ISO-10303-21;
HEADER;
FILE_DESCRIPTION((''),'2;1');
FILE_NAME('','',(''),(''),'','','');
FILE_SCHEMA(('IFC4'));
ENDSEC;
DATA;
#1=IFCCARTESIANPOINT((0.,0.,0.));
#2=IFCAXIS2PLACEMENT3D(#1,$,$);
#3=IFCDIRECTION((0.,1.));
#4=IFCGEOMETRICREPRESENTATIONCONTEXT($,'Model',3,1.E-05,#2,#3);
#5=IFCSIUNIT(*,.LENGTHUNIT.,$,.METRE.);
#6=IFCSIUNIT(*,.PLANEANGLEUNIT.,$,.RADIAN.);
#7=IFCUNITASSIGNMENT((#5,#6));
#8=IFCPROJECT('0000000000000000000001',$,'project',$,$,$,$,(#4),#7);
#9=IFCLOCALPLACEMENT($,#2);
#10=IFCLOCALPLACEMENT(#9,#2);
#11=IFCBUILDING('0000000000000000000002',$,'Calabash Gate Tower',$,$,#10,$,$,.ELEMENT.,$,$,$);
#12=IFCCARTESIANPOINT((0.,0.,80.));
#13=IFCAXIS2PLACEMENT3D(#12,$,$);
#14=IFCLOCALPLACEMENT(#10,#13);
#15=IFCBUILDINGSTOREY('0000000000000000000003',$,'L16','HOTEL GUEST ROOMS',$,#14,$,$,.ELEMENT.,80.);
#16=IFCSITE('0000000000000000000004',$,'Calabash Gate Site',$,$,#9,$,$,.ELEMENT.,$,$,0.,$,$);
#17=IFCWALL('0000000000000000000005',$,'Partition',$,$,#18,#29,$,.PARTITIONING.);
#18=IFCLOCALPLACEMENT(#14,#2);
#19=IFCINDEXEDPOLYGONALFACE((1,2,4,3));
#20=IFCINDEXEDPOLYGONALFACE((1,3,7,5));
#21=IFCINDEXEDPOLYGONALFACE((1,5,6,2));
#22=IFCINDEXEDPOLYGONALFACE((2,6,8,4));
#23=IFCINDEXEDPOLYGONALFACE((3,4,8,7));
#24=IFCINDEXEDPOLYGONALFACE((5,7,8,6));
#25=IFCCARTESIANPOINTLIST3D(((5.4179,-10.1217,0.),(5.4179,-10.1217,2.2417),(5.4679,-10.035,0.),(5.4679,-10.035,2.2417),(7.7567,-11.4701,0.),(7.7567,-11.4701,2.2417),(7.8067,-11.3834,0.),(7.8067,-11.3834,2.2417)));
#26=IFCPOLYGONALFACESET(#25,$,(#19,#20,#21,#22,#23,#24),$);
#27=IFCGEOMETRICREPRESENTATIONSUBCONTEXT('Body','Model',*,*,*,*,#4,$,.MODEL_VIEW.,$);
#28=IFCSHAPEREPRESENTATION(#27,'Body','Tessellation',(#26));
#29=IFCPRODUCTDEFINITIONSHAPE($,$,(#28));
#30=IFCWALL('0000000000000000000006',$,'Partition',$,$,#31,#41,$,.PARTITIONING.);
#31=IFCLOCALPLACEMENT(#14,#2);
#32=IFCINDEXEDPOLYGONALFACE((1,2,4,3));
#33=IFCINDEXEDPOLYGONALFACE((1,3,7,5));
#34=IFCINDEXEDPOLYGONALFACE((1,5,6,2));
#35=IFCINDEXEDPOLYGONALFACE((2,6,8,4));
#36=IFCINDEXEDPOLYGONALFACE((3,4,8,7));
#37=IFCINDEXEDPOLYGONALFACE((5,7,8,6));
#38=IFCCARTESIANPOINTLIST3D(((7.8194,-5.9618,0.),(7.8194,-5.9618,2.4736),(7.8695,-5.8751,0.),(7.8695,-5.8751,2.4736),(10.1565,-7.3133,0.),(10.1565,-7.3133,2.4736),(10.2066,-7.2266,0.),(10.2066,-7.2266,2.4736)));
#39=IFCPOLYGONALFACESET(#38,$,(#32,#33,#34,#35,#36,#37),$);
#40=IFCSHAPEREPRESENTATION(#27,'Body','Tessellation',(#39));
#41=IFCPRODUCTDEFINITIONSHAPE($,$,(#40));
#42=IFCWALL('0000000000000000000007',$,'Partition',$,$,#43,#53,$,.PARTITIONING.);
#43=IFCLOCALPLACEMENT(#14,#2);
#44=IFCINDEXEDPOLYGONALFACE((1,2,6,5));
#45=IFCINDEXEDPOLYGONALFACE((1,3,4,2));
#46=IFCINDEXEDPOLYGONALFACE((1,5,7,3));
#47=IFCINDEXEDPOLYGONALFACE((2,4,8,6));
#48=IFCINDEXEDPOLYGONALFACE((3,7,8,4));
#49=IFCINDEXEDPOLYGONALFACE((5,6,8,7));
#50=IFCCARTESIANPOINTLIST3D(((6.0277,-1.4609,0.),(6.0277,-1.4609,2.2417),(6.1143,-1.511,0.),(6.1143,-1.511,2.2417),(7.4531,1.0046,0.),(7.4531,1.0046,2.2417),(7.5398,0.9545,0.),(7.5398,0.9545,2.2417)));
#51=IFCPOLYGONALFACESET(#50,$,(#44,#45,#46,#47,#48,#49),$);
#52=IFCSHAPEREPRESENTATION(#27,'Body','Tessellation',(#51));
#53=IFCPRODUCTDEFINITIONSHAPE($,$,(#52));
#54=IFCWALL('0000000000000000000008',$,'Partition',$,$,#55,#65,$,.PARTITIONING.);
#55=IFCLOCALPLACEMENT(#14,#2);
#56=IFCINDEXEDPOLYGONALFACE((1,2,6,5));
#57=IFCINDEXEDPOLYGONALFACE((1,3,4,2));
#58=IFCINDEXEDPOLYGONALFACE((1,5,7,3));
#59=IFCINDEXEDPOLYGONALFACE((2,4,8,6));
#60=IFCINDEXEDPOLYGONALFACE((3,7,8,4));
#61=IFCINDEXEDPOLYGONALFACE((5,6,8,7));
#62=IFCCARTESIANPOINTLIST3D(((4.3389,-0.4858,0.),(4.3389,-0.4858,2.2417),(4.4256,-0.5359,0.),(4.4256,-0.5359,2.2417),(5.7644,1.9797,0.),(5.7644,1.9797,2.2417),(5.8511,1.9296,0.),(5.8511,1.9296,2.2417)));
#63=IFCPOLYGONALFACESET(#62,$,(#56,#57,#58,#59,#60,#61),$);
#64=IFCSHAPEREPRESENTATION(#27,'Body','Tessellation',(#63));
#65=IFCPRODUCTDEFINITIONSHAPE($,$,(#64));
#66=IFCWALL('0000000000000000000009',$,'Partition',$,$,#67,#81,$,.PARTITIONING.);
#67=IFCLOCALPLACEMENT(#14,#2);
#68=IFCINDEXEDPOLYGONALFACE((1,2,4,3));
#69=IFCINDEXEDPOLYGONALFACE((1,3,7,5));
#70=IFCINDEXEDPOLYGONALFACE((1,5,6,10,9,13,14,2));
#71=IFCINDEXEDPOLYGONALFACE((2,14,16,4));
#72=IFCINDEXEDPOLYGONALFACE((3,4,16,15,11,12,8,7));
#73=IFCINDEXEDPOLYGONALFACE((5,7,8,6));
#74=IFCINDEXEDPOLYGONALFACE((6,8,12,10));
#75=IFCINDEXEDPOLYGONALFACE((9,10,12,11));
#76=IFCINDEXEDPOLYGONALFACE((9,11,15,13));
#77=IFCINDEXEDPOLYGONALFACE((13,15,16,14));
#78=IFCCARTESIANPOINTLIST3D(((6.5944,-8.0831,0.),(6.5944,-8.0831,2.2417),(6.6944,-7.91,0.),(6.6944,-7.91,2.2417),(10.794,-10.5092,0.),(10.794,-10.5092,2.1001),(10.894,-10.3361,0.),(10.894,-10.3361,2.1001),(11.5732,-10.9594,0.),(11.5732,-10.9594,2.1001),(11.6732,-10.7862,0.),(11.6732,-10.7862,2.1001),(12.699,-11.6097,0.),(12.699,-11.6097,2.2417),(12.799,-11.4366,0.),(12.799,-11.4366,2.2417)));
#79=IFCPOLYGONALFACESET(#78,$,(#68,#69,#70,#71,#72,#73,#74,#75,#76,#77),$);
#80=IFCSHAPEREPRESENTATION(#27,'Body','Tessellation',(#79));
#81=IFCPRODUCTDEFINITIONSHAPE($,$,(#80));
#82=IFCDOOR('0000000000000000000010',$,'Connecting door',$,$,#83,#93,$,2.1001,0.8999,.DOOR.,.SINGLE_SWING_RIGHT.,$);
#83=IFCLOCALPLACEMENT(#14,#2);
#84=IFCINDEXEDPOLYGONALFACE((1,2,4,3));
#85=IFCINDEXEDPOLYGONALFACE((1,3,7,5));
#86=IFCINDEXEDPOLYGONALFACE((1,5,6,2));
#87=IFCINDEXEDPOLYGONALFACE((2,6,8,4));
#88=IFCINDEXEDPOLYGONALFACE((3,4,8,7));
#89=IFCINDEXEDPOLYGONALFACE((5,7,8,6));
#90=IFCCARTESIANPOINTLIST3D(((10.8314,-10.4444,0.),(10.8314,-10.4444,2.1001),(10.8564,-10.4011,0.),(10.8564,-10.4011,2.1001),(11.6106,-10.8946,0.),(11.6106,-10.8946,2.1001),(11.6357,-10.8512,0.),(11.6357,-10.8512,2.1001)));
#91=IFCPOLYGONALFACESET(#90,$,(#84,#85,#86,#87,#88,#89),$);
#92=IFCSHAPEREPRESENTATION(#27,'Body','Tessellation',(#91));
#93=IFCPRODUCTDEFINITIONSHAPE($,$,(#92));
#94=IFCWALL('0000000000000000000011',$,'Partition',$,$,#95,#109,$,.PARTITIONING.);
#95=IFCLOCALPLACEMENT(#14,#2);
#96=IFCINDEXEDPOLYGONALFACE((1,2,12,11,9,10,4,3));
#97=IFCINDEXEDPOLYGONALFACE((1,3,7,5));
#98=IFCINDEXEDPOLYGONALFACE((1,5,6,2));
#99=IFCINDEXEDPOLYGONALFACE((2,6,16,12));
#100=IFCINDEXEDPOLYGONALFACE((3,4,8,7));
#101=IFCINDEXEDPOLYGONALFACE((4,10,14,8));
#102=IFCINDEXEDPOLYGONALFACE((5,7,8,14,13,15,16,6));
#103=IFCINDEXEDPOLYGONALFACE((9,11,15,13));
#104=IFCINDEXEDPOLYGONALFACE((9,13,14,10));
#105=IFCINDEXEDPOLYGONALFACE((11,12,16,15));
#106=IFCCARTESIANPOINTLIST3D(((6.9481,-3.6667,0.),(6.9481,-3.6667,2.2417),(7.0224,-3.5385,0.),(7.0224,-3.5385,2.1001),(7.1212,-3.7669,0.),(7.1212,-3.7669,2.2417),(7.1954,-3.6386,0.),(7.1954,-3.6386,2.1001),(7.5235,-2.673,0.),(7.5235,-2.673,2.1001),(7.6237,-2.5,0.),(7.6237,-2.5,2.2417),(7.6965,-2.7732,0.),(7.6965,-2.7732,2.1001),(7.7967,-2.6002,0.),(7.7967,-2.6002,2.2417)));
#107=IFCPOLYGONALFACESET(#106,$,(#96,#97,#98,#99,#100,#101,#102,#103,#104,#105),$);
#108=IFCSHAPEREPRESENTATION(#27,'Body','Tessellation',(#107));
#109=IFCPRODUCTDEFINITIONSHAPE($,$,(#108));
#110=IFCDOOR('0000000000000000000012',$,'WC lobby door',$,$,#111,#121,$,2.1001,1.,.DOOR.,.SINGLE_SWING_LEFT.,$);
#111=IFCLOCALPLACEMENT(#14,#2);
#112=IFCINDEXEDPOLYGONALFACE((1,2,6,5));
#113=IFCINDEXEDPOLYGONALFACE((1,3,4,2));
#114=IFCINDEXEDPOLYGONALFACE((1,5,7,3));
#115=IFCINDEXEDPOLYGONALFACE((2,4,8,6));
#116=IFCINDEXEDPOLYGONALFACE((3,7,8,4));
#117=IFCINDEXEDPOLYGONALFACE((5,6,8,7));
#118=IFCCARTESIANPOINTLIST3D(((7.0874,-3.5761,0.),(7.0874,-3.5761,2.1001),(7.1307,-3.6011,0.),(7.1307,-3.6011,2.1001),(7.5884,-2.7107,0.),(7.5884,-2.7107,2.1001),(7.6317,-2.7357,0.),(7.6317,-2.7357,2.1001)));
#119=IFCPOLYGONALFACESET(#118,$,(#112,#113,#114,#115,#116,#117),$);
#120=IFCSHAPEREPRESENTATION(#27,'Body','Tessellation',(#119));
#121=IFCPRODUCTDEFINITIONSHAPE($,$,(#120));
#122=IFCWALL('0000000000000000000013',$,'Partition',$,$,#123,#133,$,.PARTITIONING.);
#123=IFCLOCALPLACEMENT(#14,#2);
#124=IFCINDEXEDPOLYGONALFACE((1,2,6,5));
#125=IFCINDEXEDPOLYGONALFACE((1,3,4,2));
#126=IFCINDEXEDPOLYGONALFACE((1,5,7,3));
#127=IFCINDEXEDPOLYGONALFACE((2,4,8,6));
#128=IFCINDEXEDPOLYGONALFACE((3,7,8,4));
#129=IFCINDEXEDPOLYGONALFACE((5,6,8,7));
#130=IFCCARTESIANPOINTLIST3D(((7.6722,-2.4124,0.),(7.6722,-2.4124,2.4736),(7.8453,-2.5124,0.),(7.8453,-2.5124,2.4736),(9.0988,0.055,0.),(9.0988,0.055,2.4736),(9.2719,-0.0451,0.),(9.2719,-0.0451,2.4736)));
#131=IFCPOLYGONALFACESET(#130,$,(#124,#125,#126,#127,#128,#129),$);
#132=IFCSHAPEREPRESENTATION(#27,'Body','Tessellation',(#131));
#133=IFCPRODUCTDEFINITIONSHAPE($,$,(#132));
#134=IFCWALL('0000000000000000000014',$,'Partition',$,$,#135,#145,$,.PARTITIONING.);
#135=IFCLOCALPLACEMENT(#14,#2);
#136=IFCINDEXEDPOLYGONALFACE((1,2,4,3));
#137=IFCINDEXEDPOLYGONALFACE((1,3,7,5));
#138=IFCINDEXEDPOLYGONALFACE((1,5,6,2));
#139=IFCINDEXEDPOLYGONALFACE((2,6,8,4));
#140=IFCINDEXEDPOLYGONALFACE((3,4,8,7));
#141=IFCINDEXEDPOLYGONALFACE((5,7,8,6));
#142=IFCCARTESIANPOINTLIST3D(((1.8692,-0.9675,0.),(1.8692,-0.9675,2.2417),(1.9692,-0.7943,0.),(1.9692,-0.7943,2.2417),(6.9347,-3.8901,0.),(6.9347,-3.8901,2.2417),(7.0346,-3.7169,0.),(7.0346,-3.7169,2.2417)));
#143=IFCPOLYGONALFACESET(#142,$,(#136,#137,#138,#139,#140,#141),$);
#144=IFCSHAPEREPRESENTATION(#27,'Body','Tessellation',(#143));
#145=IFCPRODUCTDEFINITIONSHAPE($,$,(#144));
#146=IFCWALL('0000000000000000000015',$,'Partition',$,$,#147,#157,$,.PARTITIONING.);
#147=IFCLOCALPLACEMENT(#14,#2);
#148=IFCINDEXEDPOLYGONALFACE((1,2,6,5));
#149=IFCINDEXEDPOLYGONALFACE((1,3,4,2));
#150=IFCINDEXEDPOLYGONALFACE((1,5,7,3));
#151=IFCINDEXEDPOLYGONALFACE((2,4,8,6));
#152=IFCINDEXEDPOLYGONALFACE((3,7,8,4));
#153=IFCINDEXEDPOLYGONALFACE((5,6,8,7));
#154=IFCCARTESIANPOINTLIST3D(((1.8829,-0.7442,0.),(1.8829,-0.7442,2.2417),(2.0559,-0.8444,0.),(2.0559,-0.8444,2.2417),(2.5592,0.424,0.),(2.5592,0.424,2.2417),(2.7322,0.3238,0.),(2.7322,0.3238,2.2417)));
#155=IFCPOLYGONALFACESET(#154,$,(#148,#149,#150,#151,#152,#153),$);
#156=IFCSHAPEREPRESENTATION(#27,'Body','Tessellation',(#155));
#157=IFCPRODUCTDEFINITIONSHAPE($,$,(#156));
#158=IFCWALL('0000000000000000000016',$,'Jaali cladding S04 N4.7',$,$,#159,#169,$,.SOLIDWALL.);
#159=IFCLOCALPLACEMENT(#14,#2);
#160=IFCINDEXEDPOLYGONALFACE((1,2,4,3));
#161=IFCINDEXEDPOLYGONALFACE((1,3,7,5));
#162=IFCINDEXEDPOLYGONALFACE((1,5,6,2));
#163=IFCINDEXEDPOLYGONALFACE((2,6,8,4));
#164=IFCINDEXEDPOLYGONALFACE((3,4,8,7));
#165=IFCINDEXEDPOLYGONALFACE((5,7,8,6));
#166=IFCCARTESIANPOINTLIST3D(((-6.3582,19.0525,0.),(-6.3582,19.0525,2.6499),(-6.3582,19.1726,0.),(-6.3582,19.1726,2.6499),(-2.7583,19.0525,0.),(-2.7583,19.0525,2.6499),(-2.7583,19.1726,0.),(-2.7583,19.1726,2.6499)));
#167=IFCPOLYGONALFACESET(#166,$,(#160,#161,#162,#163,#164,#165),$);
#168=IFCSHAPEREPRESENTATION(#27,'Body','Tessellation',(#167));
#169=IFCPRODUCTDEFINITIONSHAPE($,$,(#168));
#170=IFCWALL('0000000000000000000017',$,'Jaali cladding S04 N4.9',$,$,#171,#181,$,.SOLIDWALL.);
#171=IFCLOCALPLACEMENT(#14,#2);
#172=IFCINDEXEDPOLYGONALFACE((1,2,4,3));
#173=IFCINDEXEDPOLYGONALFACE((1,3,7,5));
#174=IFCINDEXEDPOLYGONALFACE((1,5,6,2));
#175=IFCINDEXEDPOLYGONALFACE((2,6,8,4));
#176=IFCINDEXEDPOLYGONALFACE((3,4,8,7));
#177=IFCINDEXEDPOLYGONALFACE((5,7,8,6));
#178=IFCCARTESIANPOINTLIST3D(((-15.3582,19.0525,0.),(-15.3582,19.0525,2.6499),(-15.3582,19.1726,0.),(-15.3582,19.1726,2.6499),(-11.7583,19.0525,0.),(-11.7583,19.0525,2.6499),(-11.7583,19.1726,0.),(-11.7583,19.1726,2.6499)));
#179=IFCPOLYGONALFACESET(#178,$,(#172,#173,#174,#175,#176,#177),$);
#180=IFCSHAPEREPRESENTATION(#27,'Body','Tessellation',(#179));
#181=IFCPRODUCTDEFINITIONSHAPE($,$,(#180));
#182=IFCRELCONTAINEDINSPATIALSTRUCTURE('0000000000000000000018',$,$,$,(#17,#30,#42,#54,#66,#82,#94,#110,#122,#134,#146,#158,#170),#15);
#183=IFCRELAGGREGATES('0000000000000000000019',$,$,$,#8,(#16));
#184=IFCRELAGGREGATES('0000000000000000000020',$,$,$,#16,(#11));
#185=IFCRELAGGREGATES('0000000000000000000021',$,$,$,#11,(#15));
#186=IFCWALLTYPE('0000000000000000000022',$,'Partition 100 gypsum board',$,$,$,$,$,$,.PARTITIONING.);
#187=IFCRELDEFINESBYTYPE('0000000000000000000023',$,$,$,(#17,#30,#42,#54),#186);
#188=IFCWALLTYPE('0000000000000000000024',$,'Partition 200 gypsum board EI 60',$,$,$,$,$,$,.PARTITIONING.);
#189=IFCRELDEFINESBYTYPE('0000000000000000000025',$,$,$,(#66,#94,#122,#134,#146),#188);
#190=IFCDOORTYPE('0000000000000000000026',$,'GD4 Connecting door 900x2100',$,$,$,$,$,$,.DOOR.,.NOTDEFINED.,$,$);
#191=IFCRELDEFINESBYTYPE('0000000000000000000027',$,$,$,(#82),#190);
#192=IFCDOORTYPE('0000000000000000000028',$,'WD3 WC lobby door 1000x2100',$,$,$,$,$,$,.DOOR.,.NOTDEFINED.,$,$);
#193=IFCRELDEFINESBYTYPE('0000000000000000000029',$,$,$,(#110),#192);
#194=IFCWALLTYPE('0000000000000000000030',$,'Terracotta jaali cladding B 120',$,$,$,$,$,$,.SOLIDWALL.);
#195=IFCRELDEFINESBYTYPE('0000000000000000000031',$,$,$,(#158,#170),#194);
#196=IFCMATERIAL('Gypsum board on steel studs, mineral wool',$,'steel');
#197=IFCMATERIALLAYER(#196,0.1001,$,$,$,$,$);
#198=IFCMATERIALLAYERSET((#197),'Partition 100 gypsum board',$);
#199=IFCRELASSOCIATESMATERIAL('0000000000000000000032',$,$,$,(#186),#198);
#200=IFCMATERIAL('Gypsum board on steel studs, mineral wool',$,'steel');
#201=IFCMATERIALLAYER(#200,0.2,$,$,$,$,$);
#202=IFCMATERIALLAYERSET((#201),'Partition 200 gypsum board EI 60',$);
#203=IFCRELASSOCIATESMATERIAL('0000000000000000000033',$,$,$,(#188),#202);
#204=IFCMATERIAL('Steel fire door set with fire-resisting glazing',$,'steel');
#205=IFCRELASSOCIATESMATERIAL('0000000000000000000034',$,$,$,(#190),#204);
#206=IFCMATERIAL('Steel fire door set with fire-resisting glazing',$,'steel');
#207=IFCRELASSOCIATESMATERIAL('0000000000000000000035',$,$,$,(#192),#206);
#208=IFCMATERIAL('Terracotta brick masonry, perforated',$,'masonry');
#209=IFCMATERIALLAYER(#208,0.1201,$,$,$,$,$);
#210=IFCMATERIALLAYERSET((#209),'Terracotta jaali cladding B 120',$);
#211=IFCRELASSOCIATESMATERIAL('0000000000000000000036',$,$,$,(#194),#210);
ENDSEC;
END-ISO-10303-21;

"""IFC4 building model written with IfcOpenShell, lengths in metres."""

from ifc_helpers import new_model, si_unit, direction, frame, frame_2d, origin, place, context, subcontext, project, spatial, polyline, rectangle, outline, extrude, material, layer, layer_set, type_object, element, fill, save


model = new_model("IFC4")

# Units and contexts
model_context = context("Model", 3, precision=1e-05, world=origin(), true_north=direction((0.0, 1.0)))
body_context = subcontext(model_context, "Body", "Model", "MODEL_VIEW")
ifc_project = project(units=[si_unit("LENGTHUNIT", "METRE"), si_unit("PLANEANGLEUNIT", "RADIAN")], contexts=[model_context])

# Site, building, storey
site_placement = place(None, origin())
site = spatial("IfcSite", under=ifc_project, at=site_placement, Name="Calabash Gate Site", CompositionType="ELEMENT", RefElevation=0.0)
building_placement = place(site_placement, origin())
building = spatial("IfcBuilding", under=site, at=building_placement, Name="Calabash Gate Tower", CompositionType="ELEMENT")
storey_placement = place(building_placement, frame((0.0, 0.0, 80.0)))
storey = spatial("IfcBuildingStorey", under=building, at=storey_placement, Name="L16", Description="HOTEL GUEST ROOMS", CompositionType="ELEMENT", Elevation=80.0)

# Walls
ifc_material_1 = material(Name="Gypsum board on steel studs, mineral wool", Category="steel")
ifc_layer_1 = layer(ifc_material_1, 0.1001)
ifc_layer_set_1 = layer_set([ifc_layer_1], Name="Partition 100 gypsum board")
wall_type_1 = type_object("IfcWallType", Name="Partition 100 gypsum board", PredefinedType="PARTITIONING", material=ifc_layer_set_1)
wall_1_placement = place(storey_placement, frame((5.4429, -10.0784, 0.0), z_axis=(0.0, 0.0, 1.0), x_axis=(0.866339, -0.499456, 0.0)))
element("IfcWall", 1, at=wall_1_placement, inside=storey, type_object=wall_type_1, Name="Partition", PredefinedType="PARTITIONING", context=body_context, shape_type="SweptSolid", body=[
    extrude(rectangle(XDim=2.6997, YDim=0.1001, at=frame_2d((1.3499, 0.0))), origin(), (0.0, 0.0, 1.0), 2.2417),
])
wall_2_placement = place(storey_placement, frame((7.8445, -5.9185, 0.0), z_axis=(0.0, 0.0, 1.0), x_axis=(0.865672, -0.500612, 0.0)))
element("IfcWall", 2, at=wall_2_placement, inside=storey, type_object=wall_type_1, Name="Partition", PredefinedType="PARTITIONING", context=body_context, shape_type="SweptSolid", body=[
    extrude(rectangle(XDim=2.6997, YDim=0.1001, at=frame_2d((1.3499, 0.0))), origin(), (0.0, 0.0, 1.0), 2.4736),
])
for number, where, z_axis, x_axis, name in (
    (3, (6.071, -1.4858, 0.0), (0.0, 0.0, 1.0), (0.500536, 0.865716, 0.0), "Partition"),
    (4, (4.3823, -0.5107, 0.0), (0.0, 0.0, 1.0), (0.500536, 0.865716, 0.0), "Partition"),
):
    element("IfcWall", number, at=place(storey_placement, frame(where, z_axis=z_axis, x_axis=x_axis)), inside=storey, type_object=wall_type_1, Name=name, PredefinedType="PARTITIONING", context=body_context, shape_type="SweptSolid", body=[
        extrude(rectangle(XDim=2.8479, YDim=0.1001, at=frame_2d((1.4238, 0.0))), origin(), (0.0, 0.0, 1.0), 2.2417),
    ])

# Walls, openings, doors
ifc_material_2 = material(Name="Gypsum board on steel studs, mineral wool", Category="steel")
ifc_layer_2 = layer(ifc_material_2, 0.2)
ifc_layer_set_2 = layer_set([ifc_layer_2], Name="Partition 200 gypsum board EI 60")
wall_type_2 = type_object("IfcWallType", Name="Partition 200 gypsum board EI 60", PredefinedType="PARTITIONING", material=ifc_layer_set_2)
wall_3_placement = place(storey_placement, frame((6.6445, -7.9966, 0.0), z_axis=(0.0, 0.0, 1.0), x_axis=(0.865891, -0.500232, 0.0)))
wall_3 = element("IfcWall", 5, at=wall_3_placement, inside=storey, type_object=wall_type_2, Name="Partition", PredefinedType="PARTITIONING", context=body_context, shape_type="SweptSolid", body=[
    extrude(rectangle(XDim=7.05, YDim=0.2, at=frame_2d((3.5249, 0.0))), origin(), (0.0, 0.0, 1.0), 2.2417),
])
opening_1_placement = place(wall_3_placement, frame((4.8499, 0.0, 0.0)))
opening_1 = element("IfcOpeningElement", 6, at=opening_1_placement, cuts=wall_3, PredefinedType="OPENING", context=body_context, shape_type="SweptSolid", body=[
    extrude(rectangle(XDim=0.8999, YDim=2.1001, at=frame_2d((0.45, 1.05))), frame((0.0, 0.1099, 0.0), z_axis=(0.0, -1.0, 0.0), x_axis=(1.0, 0.0, 0.0)), (0.0, 0.0, 1.0), 0.22),
])
ifc_material_3 = material(Name="Steel fire door set with fire-resisting glazing", Category="steel")
door_type_1 = type_object("IfcDoorType", Name="GD4 Connecting door 900x2100", OperationType="NOTDEFINED", PredefinedType="DOOR", material=ifc_material_3)
door_1_placement = place(opening_1_placement, origin())
door_1 = element("IfcDoor", 7, at=door_1_placement, inside=storey, type_object=door_type_1, Name="Connecting door", OperationType="SINGLE_SWING_RIGHT", OverallHeight=2.1001, OverallWidth=0.8999, PredefinedType="DOOR", context=body_context, shape_type="SweptSolid", body=[
    extrude(rectangle(XDim=0.8999, YDim=2.1001, at=frame_2d((0.45, 1.05))), frame((0.0, 0.0249, 0.0), z_axis=(0.0, -1.0, 0.0), x_axis=(1.0, 0.0, 0.0)), (0.0, 0.0, 1.0), 0.05),
])
fill(opening_1, door_1)
wall_4_placement = place(storey_placement, frame((7.0347, -3.7168, 0.0), z_axis=(0.0, 0.0, 1.0), x_axis=(0.501065, 0.86541, 0.0)))
wall_4 = element("IfcWall", 8, at=wall_4_placement, inside=storey, type_object=wall_type_2, Name="Partition", PredefinedType="PARTITIONING", context=body_context, shape_type="SweptSolid", body=[
    extrude(rectangle(XDim=1.3481, YDim=0.2, at=frame_2d((0.6741, 0.0))), origin(), (0.0, 0.0, 1.0), 2.2417),
])
opening_2_placement = place(wall_4_placement, frame((0.1482, 0.0, 0.0)))
opening_2 = element("IfcOpeningElement", 9, at=opening_2_placement, cuts=wall_4, PredefinedType="OPENING", context=body_context, shape_type="SweptSolid", body=[
    extrude(rectangle(XDim=1.0, YDim=2.1001, at=frame_2d((0.5, 1.05))), frame((0.0, 0.1099, 0.0), z_axis=(0.0, -1.0, 0.0), x_axis=(1.0, 0.0, 0.0)), (0.0, 0.0, 1.0), 0.22),
])
ifc_material_4 = material(Name="Steel fire door set with fire-resisting glazing", Category="steel")
door_type_2 = type_object("IfcDoorType", Name="WD3 WC lobby door 1000x2100", OperationType="NOTDEFINED", PredefinedType="DOOR", material=ifc_material_4)
door_2_placement = place(opening_2_placement, origin())
door_2 = element("IfcDoor", 10, at=door_2_placement, inside=storey, type_object=door_type_2, Name="WC lobby door", OperationType="SINGLE_SWING_LEFT", OverallHeight=2.1001, OverallWidth=1.0, PredefinedType="DOOR", context=body_context, shape_type="SweptSolid", body=[
    extrude(rectangle(XDim=1.0, YDim=2.1001, at=frame_2d((0.5, 1.05))), frame((0.0, 0.0249, 0.0), z_axis=(0.0, -1.0, 0.0), x_axis=(1.0, 0.0, 0.0)), (0.0, 0.0, 1.0), 0.05),
])
fill(opening_2, door_2)

# Walls
wall_5_placement = place(storey_placement, frame((7.7588, -2.4624, 0.0), z_axis=(0.0, 0.0, 1.0), x_axis=(0.500533, 0.865717, 0.0)))
element("IfcWall", 11, at=wall_5_placement, inside=storey, type_object=wall_type_2, Name="Partition", PredefinedType="PARTITIONING", context=body_context, shape_type="SweptSolid", body=[
    extrude(rectangle(XDim=2.8501, YDim=0.2, at=frame_2d((1.425, 0.0))), origin(), (0.0, 0.0, 1.0), 2.4736),
])
wall_6_placement = place(storey_placement, frame((1.9192, -0.8809, 0.0), z_axis=(0.0, 0.0, 1.0), x_axis=(0.866168, -0.499754, 0.0)))
element("IfcWall", 12, at=wall_6_placement, inside=storey, type_object=wall_type_2, Name="Partition", PredefinedType="PARTITIONING", context=body_context, shape_type="SweptSolid", body=[
    extrude(rectangle(XDim=5.8481, YDim=0.2, at=frame_2d((2.9241, 0.0))), origin(), (0.0, 0.0, 1.0), 2.2417),
])
wall_7_placement = place(storey_placement, frame((1.9695, -0.7942, 0.0), z_axis=(0.0, 0.0, 1.0), x_axis=(0.501001, 0.865447, 0.0)))
element("IfcWall", 13, at=wall_7_placement, inside=storey, type_object=wall_type_2, Name="Partition", PredefinedType="PARTITIONING", context=body_context, shape_type="SweptSolid", body=[
    extrude(rectangle(XDim=1.3499, YDim=0.2, at=frame_2d((0.6748, 0.0))), origin(), (0.0, 0.0, 1.0), 2.2417),
])
ifc_material_5 = material(Name="Terracotta brick masonry, perforated", Category="masonry")
ifc_layer_3 = layer(ifc_material_5, 0.1201)
ifc_layer_set_3 = layer_set([ifc_layer_3], Name="Terracotta jaali cladding B 120")
wall_type_3 = type_object("IfcWallType", Name="Terracotta jaali cladding B 120", PredefinedType="SOLIDWALL", material=ifc_layer_set_3)
wall_8_placement = place(storey_placement, origin())
element("IfcWall", 14, at=wall_8_placement, inside=storey, type_object=wall_type_3, Name="Jaali cladding S04 N4.7", PredefinedType="SOLIDWALL", context=body_context, shape_type="SweptSolid", body=[
    extrude(outline(polyline([(-6.3582, 19.1726), (-6.3582, 19.0525), (-2.7583, 19.0525), (-2.7583, 19.1726), (-6.3582, 19.1726)])), origin(), (0.0, 0.0, 1.0), 2.6499),
])
wall_9_placement = place(storey_placement, origin())
element("IfcWall", 15, at=wall_9_placement, inside=storey, type_object=wall_type_3, Name="Jaali cladding S04 N4.9", PredefinedType="SOLIDWALL", context=body_context, shape_type="SweptSolid", body=[
    extrude(outline(polyline([(-15.3582, 19.1726), (-15.3582, 19.0525), (-11.7583, 19.0525), (-11.7583, 19.1726), (-15.3582, 19.1726)])), origin(), (0.0, 0.0, 1.0), 2.6499),
])

save(model, "model.ifc")
